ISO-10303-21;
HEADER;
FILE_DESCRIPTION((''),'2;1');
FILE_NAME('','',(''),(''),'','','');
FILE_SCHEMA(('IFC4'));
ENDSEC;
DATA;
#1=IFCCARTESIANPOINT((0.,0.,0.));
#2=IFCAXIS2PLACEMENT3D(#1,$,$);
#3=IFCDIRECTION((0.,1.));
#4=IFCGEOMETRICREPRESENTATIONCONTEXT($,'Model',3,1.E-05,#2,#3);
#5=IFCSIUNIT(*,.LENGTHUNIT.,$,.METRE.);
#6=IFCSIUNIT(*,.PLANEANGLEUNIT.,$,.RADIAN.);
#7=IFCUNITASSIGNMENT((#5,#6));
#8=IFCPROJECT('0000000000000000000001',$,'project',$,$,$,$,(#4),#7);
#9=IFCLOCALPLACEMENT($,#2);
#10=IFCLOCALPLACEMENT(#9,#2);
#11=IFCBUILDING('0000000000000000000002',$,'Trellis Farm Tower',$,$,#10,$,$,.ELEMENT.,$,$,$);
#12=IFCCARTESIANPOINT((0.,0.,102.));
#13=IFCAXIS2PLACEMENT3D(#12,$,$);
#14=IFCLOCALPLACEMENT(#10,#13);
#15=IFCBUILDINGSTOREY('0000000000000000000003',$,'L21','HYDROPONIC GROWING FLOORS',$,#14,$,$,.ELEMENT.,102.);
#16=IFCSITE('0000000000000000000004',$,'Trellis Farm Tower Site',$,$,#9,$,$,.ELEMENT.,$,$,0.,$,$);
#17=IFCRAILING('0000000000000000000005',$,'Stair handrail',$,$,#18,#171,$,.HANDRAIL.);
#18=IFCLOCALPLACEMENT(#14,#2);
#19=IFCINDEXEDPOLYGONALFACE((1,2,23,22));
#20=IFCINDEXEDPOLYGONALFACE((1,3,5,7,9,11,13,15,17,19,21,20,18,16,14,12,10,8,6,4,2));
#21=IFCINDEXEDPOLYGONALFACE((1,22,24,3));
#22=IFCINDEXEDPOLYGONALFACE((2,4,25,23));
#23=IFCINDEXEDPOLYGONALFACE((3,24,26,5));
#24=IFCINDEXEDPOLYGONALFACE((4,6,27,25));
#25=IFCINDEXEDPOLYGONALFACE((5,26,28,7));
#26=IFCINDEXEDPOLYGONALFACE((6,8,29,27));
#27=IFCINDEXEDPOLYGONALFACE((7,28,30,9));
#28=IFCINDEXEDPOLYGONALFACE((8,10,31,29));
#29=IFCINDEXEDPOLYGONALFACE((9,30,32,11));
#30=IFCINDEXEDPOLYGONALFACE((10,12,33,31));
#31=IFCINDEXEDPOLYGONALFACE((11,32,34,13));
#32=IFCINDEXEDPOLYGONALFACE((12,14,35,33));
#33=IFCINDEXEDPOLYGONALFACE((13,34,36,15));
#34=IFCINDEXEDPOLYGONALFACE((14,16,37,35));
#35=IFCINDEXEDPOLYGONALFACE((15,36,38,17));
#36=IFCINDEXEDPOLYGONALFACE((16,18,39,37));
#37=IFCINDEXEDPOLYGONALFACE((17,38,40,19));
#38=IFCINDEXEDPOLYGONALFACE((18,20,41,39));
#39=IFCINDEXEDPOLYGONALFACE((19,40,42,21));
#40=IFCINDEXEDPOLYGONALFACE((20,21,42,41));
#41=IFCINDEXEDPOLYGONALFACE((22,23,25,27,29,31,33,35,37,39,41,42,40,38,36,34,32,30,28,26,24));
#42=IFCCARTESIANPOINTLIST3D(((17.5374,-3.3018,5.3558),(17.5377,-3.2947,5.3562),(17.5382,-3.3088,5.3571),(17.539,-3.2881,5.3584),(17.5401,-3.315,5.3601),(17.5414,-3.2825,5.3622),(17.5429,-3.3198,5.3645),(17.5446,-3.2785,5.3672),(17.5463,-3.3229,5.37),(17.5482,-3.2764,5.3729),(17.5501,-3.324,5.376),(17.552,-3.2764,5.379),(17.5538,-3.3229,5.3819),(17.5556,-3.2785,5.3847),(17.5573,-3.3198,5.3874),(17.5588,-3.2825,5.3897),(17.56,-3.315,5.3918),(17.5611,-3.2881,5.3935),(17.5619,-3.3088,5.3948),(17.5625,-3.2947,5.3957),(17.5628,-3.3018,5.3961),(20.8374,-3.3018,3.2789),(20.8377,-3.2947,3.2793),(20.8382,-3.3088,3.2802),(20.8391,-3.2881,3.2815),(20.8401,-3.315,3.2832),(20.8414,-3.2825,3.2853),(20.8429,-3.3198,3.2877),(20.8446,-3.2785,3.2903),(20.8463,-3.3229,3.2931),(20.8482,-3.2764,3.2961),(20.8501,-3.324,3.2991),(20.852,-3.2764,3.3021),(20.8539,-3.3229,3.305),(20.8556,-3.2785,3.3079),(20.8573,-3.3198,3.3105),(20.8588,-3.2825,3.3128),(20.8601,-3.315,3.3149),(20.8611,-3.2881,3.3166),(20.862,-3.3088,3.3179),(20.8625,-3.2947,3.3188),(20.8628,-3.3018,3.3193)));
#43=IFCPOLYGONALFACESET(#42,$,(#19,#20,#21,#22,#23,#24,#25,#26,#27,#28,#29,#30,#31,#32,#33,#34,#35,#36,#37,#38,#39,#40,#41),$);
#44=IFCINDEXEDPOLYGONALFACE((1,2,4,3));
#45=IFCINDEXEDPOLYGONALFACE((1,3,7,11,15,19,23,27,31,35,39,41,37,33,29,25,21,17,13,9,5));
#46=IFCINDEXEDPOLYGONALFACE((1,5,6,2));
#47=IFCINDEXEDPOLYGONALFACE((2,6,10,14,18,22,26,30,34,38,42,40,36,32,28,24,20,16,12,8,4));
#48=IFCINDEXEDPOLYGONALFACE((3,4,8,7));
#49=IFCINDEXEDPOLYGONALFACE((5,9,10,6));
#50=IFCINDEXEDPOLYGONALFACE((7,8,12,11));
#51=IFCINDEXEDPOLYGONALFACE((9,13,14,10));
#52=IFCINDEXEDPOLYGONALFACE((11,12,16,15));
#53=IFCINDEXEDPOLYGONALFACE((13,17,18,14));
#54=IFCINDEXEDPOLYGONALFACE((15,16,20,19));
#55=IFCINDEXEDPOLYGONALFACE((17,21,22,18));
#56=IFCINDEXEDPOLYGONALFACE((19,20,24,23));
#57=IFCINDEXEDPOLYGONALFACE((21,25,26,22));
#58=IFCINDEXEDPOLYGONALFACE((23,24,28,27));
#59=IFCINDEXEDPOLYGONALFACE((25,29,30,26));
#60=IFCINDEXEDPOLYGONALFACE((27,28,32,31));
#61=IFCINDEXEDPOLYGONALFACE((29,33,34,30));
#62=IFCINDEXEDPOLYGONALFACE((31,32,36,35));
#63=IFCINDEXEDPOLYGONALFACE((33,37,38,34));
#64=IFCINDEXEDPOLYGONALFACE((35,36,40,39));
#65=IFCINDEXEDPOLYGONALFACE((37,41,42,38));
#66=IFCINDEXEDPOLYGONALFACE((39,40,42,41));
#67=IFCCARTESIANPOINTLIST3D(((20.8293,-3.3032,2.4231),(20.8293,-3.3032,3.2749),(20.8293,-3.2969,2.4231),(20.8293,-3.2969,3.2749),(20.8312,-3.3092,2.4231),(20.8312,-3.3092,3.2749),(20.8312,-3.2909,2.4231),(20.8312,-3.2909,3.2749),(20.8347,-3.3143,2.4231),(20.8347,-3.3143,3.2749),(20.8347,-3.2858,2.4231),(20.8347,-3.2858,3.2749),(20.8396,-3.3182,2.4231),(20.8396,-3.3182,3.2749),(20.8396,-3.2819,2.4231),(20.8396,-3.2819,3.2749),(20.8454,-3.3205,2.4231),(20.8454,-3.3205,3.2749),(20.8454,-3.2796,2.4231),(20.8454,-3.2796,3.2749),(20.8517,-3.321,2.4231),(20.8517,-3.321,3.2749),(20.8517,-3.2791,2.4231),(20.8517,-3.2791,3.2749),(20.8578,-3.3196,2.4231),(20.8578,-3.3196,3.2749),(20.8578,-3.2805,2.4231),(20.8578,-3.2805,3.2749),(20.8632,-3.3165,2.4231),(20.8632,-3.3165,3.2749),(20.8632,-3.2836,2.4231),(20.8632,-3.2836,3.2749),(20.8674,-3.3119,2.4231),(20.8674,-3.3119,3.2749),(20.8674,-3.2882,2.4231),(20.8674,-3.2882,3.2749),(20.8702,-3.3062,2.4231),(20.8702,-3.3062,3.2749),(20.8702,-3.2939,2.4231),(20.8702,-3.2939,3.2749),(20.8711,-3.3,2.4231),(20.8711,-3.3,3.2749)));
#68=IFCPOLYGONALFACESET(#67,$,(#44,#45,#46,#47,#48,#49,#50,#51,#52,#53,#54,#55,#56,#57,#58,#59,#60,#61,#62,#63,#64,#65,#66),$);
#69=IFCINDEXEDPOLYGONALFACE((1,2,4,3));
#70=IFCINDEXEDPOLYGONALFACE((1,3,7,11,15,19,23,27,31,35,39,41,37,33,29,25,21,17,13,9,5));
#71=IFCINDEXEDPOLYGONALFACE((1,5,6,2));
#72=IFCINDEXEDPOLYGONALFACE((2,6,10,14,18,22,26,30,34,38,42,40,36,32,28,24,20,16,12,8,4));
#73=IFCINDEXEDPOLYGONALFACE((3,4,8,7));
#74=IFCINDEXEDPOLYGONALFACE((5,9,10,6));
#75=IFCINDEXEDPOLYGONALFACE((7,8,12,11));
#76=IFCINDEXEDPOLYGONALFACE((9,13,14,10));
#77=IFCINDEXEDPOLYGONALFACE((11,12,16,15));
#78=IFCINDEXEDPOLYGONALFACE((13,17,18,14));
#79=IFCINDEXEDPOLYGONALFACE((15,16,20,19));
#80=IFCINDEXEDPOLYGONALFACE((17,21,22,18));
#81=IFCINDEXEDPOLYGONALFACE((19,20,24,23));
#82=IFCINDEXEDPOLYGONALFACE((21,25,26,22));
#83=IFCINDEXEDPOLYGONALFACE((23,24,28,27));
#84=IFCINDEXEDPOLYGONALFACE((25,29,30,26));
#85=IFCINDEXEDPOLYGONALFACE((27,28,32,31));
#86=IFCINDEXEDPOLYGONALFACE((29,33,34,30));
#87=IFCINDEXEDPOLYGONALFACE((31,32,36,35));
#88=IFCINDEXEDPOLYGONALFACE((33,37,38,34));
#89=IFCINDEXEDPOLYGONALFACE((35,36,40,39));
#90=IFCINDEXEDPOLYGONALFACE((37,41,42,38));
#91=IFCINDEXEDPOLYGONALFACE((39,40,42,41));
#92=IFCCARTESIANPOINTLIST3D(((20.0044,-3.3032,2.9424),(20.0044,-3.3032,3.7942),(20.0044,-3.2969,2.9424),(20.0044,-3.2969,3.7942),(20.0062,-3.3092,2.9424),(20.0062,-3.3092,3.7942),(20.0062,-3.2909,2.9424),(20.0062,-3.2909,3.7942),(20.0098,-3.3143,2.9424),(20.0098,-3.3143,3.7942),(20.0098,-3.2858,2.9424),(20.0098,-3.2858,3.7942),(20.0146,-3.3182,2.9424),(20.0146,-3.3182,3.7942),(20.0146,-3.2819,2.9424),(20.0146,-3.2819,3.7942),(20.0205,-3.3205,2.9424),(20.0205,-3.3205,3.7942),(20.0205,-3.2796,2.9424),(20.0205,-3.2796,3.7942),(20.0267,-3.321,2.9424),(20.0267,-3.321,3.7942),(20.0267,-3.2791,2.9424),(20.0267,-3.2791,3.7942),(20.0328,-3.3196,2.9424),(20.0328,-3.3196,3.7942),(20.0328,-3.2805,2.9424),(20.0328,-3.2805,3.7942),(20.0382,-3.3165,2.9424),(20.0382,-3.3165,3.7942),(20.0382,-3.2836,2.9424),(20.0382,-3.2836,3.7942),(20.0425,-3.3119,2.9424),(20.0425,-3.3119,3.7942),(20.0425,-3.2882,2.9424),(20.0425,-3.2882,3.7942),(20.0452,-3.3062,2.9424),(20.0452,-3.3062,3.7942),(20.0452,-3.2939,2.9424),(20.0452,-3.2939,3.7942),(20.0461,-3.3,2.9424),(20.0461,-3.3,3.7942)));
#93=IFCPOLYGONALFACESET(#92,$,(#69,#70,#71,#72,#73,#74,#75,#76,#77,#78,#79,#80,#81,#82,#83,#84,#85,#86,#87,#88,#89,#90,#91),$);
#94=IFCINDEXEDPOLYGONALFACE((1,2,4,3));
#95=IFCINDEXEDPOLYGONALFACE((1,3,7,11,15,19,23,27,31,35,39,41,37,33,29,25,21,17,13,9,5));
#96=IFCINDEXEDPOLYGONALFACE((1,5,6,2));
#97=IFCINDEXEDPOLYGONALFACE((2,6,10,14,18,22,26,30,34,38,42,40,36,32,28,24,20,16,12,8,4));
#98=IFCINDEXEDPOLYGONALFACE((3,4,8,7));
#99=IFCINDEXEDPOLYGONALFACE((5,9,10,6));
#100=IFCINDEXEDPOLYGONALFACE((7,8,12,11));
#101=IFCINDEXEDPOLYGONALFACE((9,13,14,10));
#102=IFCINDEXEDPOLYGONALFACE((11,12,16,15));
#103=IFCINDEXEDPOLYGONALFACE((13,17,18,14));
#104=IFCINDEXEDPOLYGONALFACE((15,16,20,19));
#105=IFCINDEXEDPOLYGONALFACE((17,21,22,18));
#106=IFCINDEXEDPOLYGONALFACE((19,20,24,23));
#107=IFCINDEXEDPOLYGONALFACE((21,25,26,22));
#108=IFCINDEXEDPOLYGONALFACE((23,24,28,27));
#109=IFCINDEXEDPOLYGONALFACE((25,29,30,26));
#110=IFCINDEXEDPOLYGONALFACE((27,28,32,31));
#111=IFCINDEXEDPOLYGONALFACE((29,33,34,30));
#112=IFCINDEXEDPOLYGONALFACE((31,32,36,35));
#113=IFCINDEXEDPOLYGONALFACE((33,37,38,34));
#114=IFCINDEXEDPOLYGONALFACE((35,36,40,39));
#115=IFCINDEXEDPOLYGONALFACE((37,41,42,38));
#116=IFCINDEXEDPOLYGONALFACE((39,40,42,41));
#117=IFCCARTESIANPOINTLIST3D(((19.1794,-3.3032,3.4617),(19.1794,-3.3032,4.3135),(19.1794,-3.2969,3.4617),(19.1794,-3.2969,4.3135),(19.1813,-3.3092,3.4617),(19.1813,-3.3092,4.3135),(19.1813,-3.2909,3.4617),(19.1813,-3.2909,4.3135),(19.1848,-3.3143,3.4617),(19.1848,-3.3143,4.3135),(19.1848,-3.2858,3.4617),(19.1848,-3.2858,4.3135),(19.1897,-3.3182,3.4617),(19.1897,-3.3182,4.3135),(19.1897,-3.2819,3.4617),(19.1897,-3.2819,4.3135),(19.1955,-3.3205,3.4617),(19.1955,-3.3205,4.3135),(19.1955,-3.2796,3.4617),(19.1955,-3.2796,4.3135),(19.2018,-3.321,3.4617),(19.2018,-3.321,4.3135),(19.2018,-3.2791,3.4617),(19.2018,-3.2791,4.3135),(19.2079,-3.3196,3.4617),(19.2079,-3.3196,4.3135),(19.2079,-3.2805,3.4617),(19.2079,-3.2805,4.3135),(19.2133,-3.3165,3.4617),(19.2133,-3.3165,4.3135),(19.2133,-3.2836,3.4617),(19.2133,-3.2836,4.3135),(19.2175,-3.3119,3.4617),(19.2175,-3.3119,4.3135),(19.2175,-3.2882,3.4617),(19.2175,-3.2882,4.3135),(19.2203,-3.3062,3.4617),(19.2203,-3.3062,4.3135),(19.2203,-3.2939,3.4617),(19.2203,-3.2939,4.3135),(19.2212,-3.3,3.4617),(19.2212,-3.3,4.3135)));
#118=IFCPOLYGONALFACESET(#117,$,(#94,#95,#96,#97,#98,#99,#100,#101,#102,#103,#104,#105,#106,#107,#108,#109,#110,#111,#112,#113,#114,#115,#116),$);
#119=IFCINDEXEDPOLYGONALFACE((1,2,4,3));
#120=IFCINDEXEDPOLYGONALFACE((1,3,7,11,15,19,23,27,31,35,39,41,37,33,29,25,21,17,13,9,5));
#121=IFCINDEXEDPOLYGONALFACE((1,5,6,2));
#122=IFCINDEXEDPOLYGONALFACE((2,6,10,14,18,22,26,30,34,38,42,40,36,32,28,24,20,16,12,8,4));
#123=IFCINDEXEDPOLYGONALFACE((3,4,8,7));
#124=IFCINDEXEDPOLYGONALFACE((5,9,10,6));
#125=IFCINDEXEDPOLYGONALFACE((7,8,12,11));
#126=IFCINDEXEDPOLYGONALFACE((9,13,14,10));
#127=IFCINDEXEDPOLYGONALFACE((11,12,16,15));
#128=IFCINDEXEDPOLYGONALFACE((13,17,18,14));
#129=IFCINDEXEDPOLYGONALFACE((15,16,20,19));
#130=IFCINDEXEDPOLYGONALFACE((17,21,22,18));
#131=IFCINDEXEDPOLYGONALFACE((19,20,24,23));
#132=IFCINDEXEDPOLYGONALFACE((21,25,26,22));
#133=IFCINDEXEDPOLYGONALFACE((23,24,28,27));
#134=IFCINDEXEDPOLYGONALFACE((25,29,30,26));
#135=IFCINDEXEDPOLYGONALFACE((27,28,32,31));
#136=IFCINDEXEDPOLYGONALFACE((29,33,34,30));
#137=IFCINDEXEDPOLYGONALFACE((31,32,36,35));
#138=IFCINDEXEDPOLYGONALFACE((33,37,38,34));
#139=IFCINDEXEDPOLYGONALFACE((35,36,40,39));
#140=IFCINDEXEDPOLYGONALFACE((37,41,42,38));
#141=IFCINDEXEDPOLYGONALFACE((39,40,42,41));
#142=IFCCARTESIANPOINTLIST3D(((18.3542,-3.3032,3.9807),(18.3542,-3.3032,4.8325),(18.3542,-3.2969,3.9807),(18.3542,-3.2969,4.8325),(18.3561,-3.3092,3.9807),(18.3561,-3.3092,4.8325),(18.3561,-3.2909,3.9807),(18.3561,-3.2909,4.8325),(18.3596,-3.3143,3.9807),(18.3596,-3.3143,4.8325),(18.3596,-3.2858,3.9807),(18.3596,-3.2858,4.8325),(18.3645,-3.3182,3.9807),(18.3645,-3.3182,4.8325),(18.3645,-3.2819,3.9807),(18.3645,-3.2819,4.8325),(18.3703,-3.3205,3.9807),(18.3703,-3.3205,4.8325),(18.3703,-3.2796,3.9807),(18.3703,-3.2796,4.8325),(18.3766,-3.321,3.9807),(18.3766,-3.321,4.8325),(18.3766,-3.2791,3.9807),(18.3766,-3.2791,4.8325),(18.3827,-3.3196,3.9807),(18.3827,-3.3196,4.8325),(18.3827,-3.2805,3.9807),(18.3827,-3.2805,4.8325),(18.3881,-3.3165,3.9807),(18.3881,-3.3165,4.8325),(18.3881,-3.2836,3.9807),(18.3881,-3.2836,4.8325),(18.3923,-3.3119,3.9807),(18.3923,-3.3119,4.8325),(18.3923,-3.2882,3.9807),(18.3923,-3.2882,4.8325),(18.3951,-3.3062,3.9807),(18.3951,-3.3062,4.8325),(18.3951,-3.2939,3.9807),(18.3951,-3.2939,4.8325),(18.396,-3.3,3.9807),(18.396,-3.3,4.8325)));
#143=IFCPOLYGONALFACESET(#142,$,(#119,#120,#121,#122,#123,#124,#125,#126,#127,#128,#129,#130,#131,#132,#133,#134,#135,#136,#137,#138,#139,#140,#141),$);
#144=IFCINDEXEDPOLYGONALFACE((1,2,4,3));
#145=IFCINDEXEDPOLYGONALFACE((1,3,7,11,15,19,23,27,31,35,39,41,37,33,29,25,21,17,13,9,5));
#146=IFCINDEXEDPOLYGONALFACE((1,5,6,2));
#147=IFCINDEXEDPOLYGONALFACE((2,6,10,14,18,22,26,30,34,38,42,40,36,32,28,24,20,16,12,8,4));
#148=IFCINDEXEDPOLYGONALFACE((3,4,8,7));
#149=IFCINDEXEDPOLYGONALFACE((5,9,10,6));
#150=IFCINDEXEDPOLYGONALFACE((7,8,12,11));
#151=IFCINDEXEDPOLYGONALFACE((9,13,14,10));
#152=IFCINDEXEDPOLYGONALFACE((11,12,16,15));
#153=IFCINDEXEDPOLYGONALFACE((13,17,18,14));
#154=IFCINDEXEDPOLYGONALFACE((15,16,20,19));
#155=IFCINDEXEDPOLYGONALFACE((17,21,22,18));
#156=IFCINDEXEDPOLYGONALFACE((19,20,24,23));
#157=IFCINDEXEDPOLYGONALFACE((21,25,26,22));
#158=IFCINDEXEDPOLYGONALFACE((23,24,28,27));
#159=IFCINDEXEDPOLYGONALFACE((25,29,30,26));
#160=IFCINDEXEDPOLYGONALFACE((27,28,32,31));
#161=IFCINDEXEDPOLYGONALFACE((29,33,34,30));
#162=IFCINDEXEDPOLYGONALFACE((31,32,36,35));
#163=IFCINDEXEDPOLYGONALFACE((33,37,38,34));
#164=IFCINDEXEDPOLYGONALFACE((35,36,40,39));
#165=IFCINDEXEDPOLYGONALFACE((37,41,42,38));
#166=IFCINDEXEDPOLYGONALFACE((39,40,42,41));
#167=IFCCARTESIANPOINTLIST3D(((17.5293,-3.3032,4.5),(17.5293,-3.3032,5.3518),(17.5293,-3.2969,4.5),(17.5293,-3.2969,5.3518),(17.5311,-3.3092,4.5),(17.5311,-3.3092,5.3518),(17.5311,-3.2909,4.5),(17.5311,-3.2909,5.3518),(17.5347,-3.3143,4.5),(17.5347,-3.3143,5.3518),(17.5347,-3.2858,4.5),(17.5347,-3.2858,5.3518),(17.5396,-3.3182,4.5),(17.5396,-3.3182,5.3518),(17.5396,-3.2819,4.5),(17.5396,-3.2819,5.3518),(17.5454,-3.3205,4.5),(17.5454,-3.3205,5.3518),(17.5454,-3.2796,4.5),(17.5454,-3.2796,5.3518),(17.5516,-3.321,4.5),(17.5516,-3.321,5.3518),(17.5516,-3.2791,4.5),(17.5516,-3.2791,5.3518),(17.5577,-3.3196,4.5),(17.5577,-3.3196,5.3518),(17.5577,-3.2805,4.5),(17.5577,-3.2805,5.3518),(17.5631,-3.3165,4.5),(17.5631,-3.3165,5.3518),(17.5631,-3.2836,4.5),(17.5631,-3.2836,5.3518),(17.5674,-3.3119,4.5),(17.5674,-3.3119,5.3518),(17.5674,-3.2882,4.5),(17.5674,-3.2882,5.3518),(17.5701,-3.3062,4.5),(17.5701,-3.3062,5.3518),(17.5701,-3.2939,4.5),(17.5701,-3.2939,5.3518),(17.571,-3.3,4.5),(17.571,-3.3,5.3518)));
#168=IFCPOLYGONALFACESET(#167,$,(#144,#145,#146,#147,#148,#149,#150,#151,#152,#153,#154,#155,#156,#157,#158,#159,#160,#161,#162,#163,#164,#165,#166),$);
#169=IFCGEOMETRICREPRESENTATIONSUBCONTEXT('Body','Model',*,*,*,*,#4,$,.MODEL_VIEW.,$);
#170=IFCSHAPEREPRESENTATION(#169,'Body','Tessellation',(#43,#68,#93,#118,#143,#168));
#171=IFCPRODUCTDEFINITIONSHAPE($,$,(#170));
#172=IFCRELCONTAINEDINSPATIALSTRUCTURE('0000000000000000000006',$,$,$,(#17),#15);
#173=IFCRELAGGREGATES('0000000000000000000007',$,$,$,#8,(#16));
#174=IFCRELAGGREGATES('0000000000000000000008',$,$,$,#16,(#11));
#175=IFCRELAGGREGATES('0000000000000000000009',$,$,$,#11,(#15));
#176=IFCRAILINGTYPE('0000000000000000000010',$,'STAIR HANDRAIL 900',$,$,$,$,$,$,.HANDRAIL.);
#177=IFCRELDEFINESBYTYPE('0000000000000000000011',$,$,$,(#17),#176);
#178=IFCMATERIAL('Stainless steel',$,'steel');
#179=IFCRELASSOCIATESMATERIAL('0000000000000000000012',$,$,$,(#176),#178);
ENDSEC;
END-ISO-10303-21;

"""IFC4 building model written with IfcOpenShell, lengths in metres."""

from ifc_helpers import new_model, si_unit, direction, frame, origin, origin_2d, place, context, subcontext, project, spatial, circle, extrude, source, transform, mapped, material, type_object, element, save


model = new_model("IFC4")

# Units and contexts
model_context = context("Model", 3, precision=1e-05, world=origin(), true_north=direction((0.0, 1.0)))
body_context = subcontext(model_context, "Body", "Model", "MODEL_VIEW")
ifc_project = project(units=[si_unit("LENGTHUNIT", "METRE"), si_unit("PLANEANGLEUNIT", "RADIAN")], contexts=[model_context])

# Site, building, storey
site_placement = place(None, origin())
site = spatial("IfcSite", under=ifc_project, at=site_placement, Name="Trellis Farm Tower Site", CompositionType="ELEMENT", RefElevation=0.0)
building_placement = place(site_placement, origin())
building = spatial("IfcBuilding", under=site, at=building_placement, Name="Trellis Farm Tower", CompositionType="ELEMENT")
storey_placement = place(building_placement, frame((0.0, 0.0, 102.0)))
storey = spatial("IfcBuildingStorey", under=building, at=storey_placement, Name="L21", Description="HYDROPONIC GROWING FLOORS", CompositionType="ELEMENT", Elevation=102.0)

# Shared definitions
ifc_material_1 = material(Name="Stainless steel", Category="steel")

# Railing
railing_type = type_object("IfcRailingType", Name="STAIR HANDRAIL 900", PredefinedType="HANDRAIL", material=ifc_material_1)
shared_shape_1 = source(origin(), body_context, "Body", "SweptSolid", [
    extrude(circle(Radius=0.0239, at=origin_2d()), frame((0.0, 0.0, 0.876), z_axis=(-0.846337, 0.0, 0.532647), x_axis=(0.0, -1.0, 0.0)), (0.0, 0.0, 1.0), 3.8992),
    extrude(circle(Radius=0.021, at=origin_2d()), origin(), (0.0, 0.0, 1.0), 0.8518),
    extrude(circle(Radius=0.021, at=origin_2d()), frame((-0.825, 0.0, 0.5193)), (0.0, 0.0, 1.0), 0.8518),
    extrude(circle(Radius=0.021, at=origin_2d()), frame((-1.6499, 0.0, 1.0386)), (0.0, 0.0, 1.0), 0.8518),
    extrude(circle(Radius=0.021, at=origin_2d()), frame((-2.4751, 0.0, 1.5576)), (0.0, 0.0, 1.0), 0.8518),
    extrude(circle(Radius=0.021, at=origin_2d()), frame((-3.3, 0.0, 2.0769)), (0.0, 0.0, 1.0), 0.8518),
])
for number, where, name in (
    (1, (20.8501, -3.3, 2.4231), "Stair handrail"),
):
    element("IfcRailing", number, at=place(storey_placement, frame(where)), inside=storey, type_object=railing_type, Name=name, PredefinedType="HANDRAIL", context=body_context, shape_type="MappedRepresentation", body=[
        mapped(shared_shape_1, transform((0.0, 0.0, 0.0))),
    ])

save(model, "model.ifc")
